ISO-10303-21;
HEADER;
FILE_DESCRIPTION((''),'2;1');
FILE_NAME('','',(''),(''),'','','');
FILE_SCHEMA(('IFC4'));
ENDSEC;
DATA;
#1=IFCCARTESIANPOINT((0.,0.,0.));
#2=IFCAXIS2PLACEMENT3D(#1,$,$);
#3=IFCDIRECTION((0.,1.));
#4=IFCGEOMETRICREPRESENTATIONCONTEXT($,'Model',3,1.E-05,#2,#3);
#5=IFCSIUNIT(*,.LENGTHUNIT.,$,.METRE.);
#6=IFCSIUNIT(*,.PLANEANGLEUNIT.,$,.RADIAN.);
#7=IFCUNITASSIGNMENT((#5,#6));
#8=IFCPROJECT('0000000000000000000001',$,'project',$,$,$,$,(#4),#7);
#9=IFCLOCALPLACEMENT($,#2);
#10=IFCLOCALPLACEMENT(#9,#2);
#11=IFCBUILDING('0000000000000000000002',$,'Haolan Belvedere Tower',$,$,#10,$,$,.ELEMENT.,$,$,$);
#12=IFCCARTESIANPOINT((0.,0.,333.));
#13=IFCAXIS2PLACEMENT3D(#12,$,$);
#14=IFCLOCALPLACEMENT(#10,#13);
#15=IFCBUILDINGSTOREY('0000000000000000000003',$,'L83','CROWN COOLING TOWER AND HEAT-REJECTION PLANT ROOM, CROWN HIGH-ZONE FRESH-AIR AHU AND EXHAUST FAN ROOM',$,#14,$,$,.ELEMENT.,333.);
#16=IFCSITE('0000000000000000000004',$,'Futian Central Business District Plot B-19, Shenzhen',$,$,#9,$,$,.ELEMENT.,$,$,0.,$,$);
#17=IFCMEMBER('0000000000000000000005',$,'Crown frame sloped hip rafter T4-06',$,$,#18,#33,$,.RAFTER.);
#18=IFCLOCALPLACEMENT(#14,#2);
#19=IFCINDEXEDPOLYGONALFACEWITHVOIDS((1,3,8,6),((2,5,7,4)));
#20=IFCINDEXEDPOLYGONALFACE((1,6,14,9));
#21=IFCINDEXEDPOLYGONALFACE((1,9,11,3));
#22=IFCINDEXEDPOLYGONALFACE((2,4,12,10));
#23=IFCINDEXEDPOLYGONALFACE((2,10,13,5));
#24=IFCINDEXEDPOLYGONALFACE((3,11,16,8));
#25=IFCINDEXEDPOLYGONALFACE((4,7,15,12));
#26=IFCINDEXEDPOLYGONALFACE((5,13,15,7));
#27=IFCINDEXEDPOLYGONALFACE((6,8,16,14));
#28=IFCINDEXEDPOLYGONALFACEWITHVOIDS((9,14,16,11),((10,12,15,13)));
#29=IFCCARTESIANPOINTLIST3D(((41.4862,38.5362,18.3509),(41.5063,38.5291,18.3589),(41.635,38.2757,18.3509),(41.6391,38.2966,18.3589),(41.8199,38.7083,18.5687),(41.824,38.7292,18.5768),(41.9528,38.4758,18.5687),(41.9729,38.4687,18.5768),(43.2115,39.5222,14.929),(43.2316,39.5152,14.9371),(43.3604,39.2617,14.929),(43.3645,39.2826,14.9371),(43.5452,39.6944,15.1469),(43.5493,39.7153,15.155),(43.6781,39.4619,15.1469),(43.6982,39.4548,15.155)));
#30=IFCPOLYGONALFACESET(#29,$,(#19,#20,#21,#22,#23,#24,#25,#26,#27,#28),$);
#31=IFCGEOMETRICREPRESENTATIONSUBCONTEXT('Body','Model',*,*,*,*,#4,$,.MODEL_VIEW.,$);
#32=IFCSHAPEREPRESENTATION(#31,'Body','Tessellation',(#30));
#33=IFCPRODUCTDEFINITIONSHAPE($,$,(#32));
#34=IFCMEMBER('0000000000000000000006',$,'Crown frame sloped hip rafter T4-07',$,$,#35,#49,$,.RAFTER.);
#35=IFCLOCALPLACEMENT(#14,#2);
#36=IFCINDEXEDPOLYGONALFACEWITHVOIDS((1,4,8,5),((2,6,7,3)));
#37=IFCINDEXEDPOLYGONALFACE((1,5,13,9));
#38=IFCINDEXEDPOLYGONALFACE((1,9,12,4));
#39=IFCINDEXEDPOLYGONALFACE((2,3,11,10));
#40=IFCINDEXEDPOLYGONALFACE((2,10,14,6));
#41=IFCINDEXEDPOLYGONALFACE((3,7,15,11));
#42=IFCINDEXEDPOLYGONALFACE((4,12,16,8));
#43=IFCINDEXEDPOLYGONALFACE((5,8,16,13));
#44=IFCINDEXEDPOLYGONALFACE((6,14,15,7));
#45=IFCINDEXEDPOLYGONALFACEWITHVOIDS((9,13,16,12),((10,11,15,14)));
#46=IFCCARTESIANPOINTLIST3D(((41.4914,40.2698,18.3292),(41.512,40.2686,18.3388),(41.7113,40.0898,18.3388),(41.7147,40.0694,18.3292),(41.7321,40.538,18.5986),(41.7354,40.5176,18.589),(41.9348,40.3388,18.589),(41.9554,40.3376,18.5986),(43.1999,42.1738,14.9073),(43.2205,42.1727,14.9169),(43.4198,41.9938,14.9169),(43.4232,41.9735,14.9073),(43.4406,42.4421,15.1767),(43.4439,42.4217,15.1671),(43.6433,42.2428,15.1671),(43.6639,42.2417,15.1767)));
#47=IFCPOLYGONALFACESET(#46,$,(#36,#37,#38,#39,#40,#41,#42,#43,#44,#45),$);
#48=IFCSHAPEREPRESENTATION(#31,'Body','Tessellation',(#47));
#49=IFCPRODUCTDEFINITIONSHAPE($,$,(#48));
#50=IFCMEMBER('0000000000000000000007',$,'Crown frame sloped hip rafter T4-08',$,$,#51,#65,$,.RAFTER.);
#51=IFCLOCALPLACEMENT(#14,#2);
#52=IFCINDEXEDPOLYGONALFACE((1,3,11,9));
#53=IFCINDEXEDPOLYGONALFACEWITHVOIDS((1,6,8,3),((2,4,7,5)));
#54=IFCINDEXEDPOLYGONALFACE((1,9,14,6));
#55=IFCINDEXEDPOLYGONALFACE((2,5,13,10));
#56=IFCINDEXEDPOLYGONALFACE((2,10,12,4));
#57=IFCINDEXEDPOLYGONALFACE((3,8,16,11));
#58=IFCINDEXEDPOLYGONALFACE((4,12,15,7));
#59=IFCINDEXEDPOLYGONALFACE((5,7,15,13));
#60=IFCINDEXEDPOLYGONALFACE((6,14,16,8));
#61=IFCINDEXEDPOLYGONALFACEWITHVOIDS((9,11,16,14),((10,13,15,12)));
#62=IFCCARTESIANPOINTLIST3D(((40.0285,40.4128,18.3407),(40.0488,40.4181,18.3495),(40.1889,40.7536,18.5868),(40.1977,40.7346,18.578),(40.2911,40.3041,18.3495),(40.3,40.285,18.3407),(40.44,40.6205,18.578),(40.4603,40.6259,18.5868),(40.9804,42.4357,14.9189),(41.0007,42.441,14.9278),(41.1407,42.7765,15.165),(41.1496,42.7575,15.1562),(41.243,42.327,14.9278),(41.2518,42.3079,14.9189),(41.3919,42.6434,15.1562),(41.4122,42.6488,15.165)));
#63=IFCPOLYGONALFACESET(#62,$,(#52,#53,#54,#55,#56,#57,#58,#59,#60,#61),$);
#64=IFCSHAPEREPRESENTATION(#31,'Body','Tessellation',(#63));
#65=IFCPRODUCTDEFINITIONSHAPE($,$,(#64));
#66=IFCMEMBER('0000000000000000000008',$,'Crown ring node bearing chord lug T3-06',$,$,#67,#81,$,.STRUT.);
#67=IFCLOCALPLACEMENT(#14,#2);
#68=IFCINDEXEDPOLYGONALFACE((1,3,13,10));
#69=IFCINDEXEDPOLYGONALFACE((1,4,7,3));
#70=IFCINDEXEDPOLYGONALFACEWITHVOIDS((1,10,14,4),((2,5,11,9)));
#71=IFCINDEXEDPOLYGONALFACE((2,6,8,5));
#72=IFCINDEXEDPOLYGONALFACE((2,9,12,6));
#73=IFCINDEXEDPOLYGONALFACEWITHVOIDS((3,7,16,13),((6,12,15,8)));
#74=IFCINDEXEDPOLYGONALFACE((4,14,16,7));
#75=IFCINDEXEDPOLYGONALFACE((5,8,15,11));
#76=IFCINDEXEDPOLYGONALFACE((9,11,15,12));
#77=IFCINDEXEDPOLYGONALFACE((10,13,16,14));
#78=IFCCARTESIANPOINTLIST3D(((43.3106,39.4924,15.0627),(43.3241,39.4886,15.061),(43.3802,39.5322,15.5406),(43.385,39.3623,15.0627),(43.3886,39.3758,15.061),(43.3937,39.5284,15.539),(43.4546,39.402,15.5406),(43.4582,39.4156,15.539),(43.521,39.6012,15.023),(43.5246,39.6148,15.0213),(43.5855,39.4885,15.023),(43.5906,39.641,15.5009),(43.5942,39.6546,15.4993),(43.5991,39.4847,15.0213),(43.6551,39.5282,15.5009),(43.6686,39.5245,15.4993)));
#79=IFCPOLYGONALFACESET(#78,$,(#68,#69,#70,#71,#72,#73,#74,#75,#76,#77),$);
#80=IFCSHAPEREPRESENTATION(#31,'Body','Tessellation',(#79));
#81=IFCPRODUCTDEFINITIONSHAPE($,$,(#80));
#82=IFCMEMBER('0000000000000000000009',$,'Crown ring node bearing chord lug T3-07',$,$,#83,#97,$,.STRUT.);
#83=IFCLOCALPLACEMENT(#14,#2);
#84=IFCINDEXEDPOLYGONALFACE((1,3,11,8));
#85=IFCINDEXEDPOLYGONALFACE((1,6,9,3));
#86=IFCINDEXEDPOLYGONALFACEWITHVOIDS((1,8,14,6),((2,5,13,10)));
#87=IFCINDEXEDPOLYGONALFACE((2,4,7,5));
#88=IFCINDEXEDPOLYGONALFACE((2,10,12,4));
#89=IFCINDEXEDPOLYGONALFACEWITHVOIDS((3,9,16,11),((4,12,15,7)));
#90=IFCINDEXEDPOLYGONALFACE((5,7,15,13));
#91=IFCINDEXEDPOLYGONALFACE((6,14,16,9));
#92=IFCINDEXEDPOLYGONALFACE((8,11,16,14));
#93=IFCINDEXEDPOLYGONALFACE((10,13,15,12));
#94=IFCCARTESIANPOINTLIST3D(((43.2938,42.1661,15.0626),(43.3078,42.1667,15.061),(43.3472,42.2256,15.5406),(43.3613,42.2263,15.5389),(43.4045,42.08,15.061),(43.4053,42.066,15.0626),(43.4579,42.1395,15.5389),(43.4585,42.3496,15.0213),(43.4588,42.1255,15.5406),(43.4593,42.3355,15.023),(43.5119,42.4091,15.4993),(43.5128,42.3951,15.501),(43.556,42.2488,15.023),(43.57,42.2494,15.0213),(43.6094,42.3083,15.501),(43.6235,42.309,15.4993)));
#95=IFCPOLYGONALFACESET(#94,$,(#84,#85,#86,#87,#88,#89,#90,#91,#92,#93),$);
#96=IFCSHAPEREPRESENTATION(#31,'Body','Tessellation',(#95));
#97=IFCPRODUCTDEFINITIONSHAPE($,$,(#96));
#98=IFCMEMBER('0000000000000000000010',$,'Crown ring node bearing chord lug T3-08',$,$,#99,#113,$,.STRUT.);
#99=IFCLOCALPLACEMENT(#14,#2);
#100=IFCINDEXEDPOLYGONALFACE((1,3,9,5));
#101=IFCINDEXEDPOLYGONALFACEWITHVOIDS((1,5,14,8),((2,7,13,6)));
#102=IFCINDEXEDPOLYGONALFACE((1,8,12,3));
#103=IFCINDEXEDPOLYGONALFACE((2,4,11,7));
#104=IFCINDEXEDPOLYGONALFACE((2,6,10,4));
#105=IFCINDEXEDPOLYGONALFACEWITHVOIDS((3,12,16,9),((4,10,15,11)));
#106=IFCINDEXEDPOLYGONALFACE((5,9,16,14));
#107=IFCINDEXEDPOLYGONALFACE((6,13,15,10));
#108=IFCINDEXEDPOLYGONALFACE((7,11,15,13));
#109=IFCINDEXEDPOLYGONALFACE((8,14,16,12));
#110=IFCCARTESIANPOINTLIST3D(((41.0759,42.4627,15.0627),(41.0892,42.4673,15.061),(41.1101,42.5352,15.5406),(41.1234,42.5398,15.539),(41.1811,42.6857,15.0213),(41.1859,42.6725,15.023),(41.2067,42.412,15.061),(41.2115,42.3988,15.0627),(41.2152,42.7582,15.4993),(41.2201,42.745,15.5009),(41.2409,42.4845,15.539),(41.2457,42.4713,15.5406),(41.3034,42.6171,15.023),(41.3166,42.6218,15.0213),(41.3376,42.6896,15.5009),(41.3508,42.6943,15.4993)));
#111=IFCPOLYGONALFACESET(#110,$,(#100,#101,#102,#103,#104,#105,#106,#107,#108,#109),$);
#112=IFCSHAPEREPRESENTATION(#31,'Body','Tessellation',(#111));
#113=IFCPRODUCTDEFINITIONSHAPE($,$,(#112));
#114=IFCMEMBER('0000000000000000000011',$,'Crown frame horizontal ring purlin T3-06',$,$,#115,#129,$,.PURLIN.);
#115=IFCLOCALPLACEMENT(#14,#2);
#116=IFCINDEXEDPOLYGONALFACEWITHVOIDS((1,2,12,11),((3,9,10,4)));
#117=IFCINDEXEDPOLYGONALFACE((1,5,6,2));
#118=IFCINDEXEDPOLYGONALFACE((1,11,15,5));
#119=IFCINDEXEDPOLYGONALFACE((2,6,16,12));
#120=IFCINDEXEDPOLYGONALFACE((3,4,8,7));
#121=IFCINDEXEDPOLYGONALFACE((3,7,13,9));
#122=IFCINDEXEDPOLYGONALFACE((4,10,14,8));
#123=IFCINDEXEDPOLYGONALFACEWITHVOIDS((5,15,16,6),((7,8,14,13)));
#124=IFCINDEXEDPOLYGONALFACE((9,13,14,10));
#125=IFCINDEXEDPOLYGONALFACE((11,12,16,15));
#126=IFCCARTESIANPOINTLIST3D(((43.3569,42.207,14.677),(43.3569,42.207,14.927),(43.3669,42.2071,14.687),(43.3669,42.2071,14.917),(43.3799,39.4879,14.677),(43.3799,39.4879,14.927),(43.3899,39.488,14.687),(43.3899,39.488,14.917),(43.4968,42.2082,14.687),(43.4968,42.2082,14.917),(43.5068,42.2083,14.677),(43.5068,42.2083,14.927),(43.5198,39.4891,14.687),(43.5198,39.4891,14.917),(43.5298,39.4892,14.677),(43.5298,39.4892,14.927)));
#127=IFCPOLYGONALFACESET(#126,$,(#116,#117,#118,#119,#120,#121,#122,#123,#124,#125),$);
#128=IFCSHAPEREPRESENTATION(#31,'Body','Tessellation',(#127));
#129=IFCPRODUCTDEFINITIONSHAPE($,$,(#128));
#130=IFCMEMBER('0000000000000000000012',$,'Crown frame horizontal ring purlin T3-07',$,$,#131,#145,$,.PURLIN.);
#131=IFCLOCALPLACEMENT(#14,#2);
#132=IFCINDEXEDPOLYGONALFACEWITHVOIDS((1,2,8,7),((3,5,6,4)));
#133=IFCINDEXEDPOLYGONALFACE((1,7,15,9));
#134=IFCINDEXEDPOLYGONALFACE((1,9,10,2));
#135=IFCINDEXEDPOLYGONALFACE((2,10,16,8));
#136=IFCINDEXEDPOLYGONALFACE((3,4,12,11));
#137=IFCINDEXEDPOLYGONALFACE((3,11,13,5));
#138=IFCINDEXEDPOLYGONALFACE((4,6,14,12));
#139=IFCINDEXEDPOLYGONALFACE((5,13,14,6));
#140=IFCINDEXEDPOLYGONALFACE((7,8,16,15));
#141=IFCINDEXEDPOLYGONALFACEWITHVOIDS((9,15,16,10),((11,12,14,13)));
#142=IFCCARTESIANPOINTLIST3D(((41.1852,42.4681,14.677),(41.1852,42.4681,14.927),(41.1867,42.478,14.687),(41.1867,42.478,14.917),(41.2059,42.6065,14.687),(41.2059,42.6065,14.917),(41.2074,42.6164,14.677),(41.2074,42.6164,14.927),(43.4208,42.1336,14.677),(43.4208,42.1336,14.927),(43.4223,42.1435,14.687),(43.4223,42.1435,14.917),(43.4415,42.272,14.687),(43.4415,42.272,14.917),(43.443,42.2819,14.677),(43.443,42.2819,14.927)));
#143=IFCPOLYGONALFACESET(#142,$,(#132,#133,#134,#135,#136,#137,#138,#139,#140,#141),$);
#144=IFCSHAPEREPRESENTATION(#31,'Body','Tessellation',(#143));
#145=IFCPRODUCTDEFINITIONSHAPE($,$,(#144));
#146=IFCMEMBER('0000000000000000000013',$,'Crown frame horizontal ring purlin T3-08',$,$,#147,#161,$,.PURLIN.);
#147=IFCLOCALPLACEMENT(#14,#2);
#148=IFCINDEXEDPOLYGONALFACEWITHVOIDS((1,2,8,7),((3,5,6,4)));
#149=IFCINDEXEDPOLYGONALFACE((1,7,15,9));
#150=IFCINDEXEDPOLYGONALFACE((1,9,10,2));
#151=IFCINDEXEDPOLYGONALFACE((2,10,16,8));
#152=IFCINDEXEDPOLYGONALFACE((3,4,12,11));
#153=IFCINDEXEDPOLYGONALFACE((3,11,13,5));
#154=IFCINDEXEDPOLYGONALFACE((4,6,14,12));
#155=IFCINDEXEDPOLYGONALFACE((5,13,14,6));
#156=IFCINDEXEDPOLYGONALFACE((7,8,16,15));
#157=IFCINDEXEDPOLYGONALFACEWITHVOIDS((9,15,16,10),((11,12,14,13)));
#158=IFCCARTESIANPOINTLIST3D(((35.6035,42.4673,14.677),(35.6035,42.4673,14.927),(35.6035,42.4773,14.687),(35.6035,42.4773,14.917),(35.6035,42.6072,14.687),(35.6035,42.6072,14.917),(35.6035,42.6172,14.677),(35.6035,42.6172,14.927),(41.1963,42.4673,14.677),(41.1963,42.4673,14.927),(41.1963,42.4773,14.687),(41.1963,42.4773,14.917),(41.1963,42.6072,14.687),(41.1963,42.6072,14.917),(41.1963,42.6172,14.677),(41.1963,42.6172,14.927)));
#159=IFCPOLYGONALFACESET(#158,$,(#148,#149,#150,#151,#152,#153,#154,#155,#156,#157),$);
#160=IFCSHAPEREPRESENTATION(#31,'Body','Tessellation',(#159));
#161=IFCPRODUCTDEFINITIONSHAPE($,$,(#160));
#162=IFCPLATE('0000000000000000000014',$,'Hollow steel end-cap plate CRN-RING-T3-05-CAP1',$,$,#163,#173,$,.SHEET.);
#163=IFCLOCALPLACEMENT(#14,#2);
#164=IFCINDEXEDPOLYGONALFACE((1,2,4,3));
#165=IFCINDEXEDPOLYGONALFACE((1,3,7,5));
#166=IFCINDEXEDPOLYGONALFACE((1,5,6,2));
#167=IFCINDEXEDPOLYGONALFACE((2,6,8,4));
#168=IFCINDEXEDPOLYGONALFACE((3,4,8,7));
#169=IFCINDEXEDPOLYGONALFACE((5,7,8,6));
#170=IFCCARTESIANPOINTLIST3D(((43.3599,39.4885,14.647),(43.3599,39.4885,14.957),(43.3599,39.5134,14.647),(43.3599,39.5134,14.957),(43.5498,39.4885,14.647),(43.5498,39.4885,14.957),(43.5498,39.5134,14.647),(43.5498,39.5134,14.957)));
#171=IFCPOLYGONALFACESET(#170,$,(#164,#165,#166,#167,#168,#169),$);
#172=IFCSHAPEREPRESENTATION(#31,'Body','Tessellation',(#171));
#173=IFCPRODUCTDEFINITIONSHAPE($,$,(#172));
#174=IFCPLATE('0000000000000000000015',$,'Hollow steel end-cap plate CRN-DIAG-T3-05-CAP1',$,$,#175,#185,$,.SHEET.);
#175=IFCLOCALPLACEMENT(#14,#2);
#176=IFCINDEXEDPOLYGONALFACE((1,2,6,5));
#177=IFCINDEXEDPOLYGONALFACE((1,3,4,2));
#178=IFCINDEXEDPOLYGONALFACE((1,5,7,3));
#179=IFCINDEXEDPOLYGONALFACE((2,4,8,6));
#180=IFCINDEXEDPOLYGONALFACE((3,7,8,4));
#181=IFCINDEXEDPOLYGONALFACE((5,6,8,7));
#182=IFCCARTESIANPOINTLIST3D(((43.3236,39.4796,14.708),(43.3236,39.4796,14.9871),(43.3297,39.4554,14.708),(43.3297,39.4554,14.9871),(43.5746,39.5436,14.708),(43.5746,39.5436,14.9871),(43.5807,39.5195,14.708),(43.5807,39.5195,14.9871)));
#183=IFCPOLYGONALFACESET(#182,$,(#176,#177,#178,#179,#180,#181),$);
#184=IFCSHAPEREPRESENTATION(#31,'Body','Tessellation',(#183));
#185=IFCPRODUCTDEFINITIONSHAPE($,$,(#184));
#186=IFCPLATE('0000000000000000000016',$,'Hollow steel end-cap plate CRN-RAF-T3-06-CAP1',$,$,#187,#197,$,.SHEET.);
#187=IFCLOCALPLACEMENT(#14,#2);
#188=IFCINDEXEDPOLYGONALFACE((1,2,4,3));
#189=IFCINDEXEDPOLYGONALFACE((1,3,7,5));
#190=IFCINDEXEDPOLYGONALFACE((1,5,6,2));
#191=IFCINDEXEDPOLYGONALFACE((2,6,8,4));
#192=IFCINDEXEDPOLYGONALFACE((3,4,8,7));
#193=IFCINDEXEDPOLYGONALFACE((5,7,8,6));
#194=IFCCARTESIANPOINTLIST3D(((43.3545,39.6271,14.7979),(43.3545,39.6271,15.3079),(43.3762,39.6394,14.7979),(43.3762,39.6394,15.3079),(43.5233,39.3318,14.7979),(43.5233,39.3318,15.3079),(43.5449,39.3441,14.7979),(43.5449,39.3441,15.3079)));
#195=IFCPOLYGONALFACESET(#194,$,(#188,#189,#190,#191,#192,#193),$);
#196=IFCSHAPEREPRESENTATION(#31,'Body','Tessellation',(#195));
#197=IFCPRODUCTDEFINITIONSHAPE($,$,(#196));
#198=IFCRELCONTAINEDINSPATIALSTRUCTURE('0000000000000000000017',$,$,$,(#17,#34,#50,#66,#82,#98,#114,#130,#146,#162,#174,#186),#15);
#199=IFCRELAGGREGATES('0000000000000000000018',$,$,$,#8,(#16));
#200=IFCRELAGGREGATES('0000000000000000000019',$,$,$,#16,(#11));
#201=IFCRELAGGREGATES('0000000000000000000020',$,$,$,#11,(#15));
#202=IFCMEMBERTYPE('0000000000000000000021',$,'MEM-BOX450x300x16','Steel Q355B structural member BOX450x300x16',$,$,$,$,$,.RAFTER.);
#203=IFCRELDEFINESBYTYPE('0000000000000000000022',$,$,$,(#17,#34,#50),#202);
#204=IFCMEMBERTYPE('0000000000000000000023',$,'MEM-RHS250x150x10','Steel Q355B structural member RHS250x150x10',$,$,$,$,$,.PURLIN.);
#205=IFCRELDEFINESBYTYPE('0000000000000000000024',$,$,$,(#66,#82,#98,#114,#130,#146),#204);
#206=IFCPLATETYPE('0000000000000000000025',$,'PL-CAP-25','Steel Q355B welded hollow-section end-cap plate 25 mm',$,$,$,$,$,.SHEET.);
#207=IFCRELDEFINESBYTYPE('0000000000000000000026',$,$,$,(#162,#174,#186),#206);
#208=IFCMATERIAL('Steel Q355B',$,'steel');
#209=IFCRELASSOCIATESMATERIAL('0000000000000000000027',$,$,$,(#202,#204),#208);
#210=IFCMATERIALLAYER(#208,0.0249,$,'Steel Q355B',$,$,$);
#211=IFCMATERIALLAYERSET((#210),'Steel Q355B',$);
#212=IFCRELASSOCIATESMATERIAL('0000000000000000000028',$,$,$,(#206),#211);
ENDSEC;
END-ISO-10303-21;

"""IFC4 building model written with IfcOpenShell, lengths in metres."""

from ifc_helpers import new_model, si_unit, direction, frame, origin, origin_2d, place, context, subcontext, project, spatial, rectangle, hollow_rectangle, extrude, material, layer, layer_set, material_profile, profile_set, type_object, element, save


model = new_model("IFC4")

# Units and contexts
model_context = context("Model", 3, precision=1e-05, world=origin(), true_north=direction((0.0, 1.0)))
body_context = subcontext(model_context, "Body", "Model", "MODEL_VIEW")
ifc_project = project(units=[si_unit("LENGTHUNIT", "METRE"), si_unit("PLANEANGLEUNIT", "RADIAN")], contexts=[model_context])

# Site, building, storey
site_placement = place(None, origin())
site = spatial("IfcSite", under=ifc_project, at=site_placement, Name="Futian Central Business District Plot B-19, Shenzhen", CompositionType="ELEMENT", RefElevation=0.0)
building_placement = place(site_placement, origin())
building = spatial("IfcBuilding", under=site, at=building_placement, Name="Haolan Belvedere Tower", CompositionType="ELEMENT")
storey_placement = place(building_placement, frame((0.0, 0.0, 333.0)))
storey = spatial("IfcBuildingStorey", under=building, at=storey_placement, Name="L83", Description="CROWN COOLING TOWER AND HEAT-REJECTION PLANT ROOM, CROWN HIGH-ZONE FRESH-AIR AHU AND EXHAUST FAN ROOM", CompositionType="ELEMENT", Elevation=333.0)

# Members
ifc_material_1 = material(Name="Steel Q355B", Category="steel")
ifc_material_profile_1 = material_profile(ifc_material_1, hollow_rectangle(XDim=0.3, YDim=0.45, WallThickness=0.0161, at=origin_2d()), Name="Steel Q355B")
ifc_profile_set_1 = profile_set([ifc_material_profile_1], Name="Steel Q355B")
member_type_1 = type_object("IfcMemberType", Name="MEM-BOX450x300x16", Description="Steel Q355B structural member BOX450x300x16", PredefinedType="RAFTER", material=ifc_profile_set_1)
member_1_placement = place(storey_placement, frame((43.4548, 39.4885, 15.042), z_axis=(-0.436015, -0.249196, 0.86475), x_axis=(0.496205, -0.868205, 0.0)))
element("IfcMember", 1, at=member_1_placement, inside=storey, type_object=member_type_1, Name="Crown frame sloped hip rafter T4-06", PredefinedType="RAFTER", context=body_context, shape_type="SweptSolid", body=[
    extrude(hollow_rectangle(XDim=0.3, YDim=0.45, WallThickness=0.0161, at=origin_2d()), origin(), (0.0, 0.0, 1.0), 3.957),
])
member_2_placement = place(storey_placement, frame((43.4319, 42.2078, 15.042), z_axis=(-0.399889, -0.445661, 0.800921), x_axis=(0.744295, -0.667851, 0.0)))
element("IfcMember", 2, at=member_2_placement, inside=storey, type_object=member_type_1, Name="Crown frame sloped hip rafter T4-07", PredefinedType="RAFTER", context=body_context, shape_type="SweptSolid", body=[
    extrude(hollow_rectangle(XDim=0.3, YDim=0.45, WallThickness=0.0161, at=origin_2d()), origin(), (0.0, 0.0, 1.0), 4.2725),
])
member_3_placement = place(storey_placement, frame((41.1963, 42.5422, 15.042), z_axis=(-0.232882, -0.494911, 0.837156), x_axis=(0.904831, -0.425771, 0.0)))
element("IfcMember", 3, at=member_3_placement, inside=storey, type_object=member_type_1, Name="Crown frame sloped hip rafter T4-08", PredefinedType="RAFTER", context=body_context, shape_type="SweptSolid", body=[
    extrude(hollow_rectangle(XDim=0.3, YDim=0.45, WallThickness=0.0161, at=origin_2d()), origin(), (0.0, 0.0, 1.0), 4.0874),
])
ifc_material_profile_2 = material_profile(ifc_material_1, hollow_rectangle(XDim=0.1499, YDim=0.25, WallThickness=0.01, at=origin_2d()), Name="Steel Q355B")
ifc_profile_set_2 = profile_set([ifc_material_profile_2], Name="Steel Q355B")
member_type_2 = type_object("IfcMemberType", Name="MEM-RHS250x150x10", Description="Steel Q355B structural member RHS250x150x10", PredefinedType="PURLIN", material=ifc_profile_set_2)
for number, where, z_axis, x_axis, name in (
    (4, (43.4548, 39.4885, 15.042), (0.143553, 0.082102, 0.986231), (-0.496467, 0.868056, 0.0), "Crown ring node bearing chord lug T3-06"),
    (5, (43.4319, 42.2078, 15.042), (0.110313, 0.122906, 0.986268), (-0.744203, 0.667953, 0.0), "Crown ring node bearing chord lug T3-07"),
    (6, (41.1963, 42.5422, 15.042), (0.070517, 0.149597, 0.986229), (-0.904542, 0.426384, 0.0), "Crown ring node bearing chord lug T3-08"),
):
    element("IfcMember", number, at=place(storey_placement, frame(where, z_axis=z_axis, x_axis=x_axis)), inside=storey, type_object=member_type_2, Name=name, PredefinedType="STRUT", context=body_context, shape_type="SweptSolid", body=[
        extrude(hollow_rectangle(XDim=0.1499, YDim=0.25, WallThickness=0.01, at=origin_2d()), origin(), (0.0, 0.0, 1.0), 0.4846),
    ])
member_4_placement = place(storey_placement, frame((43.4548, 39.4885, 14.802), z_axis=(-0.008439, 0.999964, 0.0), x_axis=(-0.999964, -0.008439, 0.0)))
element("IfcMember", 7, at=member_4_placement, inside=storey, type_object=member_type_2, Name="Crown frame horizontal ring purlin T3-06", PredefinedType="PURLIN", context=body_context, shape_type="SweptSolid", body=[
    extrude(hollow_rectangle(XDim=0.1499, YDim=0.25, WallThickness=0.01, at=origin_2d()), origin(), (0.0, 0.0, 1.0), 2.7192),
])
member_5_placement = place(storey_placement, frame((43.4319, 42.2078, 14.802), z_axis=(-0.988993, 0.147965, 0.0), x_axis=(-0.147965, -0.988993, 0.0)))
element("IfcMember", 8, at=member_5_placement, inside=storey, type_object=member_type_2, Name="Crown frame horizontal ring purlin T3-07", PredefinedType="PURLIN", context=body_context, shape_type="SweptSolid", body=[
    extrude(hollow_rectangle(XDim=0.1499, YDim=0.25, WallThickness=0.01, at=origin_2d()), origin(), (0.0, 0.0, 1.0), 2.2605),
])
member_6_placement = place(storey_placement, frame((41.1963, 42.5422, 14.802), z_axis=(-1.0, 0.0, 0.0), x_axis=(0.0, -1.0, 0.0)))
element("IfcMember", 9, at=member_6_placement, inside=storey, type_object=member_type_2, Name="Crown frame horizontal ring purlin T3-08", PredefinedType="PURLIN", context=body_context, shape_type="SweptSolid", body=[
    extrude(hollow_rectangle(XDim=0.1499, YDim=0.25, WallThickness=0.01, at=origin_2d()), origin(), (0.0, 0.0, 1.0), 5.5928),
])

# Plates
ifc_layer_1 = layer(ifc_material_1, 0.0249, Name="Steel Q355B")
ifc_layer_set_1 = layer_set([ifc_layer_1], Name="Steel Q355B")
plate_type = type_object("IfcPlateType", Name="PL-CAP-25", Description="Steel Q355B welded hollow-section end-cap plate 25 mm", PredefinedType="SHEET", material=ifc_layer_set_1)
plate_1_placement = place(storey_placement, frame((43.4548, 39.501, 14.647), z_axis=(0.0, 0.0, 1.0), x_axis=(-1.0, 0.0, 0.0)))
element("IfcPlate", 10, at=plate_1_placement, inside=storey, type_object=plate_type, Name="Hollow steel end-cap plate CRN-RING-T3-05-CAP1", PredefinedType="SHEET", context=body_context, shape_type="SweptSolid", body=[
    extrude(rectangle(XDim=0.1899, YDim=0.0249, at=origin_2d()), origin(), (0.0, 0.0, 1.0), 0.3101),
])
plate_2_placement = place(storey_placement, frame((43.4521, 39.4995, 14.708), z_axis=(0.0, 0.0, 1.0), x_axis=(-0.96896, -0.247219, 0.0)))
element("IfcPlate", 11, at=plate_2_placement, inside=storey, type_object=plate_type, Name="Hollow steel end-cap plate CRN-DIAG-T3-05-CAP1", PredefinedType="SHEET", context=body_context, shape_type="SweptSolid", body=[
    extrude(rectangle(XDim=0.259, YDim=0.0249, at=origin_2d()), origin(), (0.0, 0.0, 1.0), 0.2791),
])
plate_3_placement = place(storey_placement, frame((43.4497, 39.4856, 14.7979), z_axis=(0.0, 0.0, 1.0), x_axis=(0.496141, -0.868242, 0.0)))
element("IfcPlate", 12, at=plate_3_placement, inside=storey, type_object=plate_type, Name="Hollow steel end-cap plate CRN-RAF-T3-06-CAP1", PredefinedType="SHEET", context=body_context, shape_type="SweptSolid", body=[
    extrude(rectangle(XDim=0.3401, YDim=0.0249, at=origin_2d()), origin(), (0.0, 0.0, 1.0), 0.51),
])

save(model, "model.ifc")
